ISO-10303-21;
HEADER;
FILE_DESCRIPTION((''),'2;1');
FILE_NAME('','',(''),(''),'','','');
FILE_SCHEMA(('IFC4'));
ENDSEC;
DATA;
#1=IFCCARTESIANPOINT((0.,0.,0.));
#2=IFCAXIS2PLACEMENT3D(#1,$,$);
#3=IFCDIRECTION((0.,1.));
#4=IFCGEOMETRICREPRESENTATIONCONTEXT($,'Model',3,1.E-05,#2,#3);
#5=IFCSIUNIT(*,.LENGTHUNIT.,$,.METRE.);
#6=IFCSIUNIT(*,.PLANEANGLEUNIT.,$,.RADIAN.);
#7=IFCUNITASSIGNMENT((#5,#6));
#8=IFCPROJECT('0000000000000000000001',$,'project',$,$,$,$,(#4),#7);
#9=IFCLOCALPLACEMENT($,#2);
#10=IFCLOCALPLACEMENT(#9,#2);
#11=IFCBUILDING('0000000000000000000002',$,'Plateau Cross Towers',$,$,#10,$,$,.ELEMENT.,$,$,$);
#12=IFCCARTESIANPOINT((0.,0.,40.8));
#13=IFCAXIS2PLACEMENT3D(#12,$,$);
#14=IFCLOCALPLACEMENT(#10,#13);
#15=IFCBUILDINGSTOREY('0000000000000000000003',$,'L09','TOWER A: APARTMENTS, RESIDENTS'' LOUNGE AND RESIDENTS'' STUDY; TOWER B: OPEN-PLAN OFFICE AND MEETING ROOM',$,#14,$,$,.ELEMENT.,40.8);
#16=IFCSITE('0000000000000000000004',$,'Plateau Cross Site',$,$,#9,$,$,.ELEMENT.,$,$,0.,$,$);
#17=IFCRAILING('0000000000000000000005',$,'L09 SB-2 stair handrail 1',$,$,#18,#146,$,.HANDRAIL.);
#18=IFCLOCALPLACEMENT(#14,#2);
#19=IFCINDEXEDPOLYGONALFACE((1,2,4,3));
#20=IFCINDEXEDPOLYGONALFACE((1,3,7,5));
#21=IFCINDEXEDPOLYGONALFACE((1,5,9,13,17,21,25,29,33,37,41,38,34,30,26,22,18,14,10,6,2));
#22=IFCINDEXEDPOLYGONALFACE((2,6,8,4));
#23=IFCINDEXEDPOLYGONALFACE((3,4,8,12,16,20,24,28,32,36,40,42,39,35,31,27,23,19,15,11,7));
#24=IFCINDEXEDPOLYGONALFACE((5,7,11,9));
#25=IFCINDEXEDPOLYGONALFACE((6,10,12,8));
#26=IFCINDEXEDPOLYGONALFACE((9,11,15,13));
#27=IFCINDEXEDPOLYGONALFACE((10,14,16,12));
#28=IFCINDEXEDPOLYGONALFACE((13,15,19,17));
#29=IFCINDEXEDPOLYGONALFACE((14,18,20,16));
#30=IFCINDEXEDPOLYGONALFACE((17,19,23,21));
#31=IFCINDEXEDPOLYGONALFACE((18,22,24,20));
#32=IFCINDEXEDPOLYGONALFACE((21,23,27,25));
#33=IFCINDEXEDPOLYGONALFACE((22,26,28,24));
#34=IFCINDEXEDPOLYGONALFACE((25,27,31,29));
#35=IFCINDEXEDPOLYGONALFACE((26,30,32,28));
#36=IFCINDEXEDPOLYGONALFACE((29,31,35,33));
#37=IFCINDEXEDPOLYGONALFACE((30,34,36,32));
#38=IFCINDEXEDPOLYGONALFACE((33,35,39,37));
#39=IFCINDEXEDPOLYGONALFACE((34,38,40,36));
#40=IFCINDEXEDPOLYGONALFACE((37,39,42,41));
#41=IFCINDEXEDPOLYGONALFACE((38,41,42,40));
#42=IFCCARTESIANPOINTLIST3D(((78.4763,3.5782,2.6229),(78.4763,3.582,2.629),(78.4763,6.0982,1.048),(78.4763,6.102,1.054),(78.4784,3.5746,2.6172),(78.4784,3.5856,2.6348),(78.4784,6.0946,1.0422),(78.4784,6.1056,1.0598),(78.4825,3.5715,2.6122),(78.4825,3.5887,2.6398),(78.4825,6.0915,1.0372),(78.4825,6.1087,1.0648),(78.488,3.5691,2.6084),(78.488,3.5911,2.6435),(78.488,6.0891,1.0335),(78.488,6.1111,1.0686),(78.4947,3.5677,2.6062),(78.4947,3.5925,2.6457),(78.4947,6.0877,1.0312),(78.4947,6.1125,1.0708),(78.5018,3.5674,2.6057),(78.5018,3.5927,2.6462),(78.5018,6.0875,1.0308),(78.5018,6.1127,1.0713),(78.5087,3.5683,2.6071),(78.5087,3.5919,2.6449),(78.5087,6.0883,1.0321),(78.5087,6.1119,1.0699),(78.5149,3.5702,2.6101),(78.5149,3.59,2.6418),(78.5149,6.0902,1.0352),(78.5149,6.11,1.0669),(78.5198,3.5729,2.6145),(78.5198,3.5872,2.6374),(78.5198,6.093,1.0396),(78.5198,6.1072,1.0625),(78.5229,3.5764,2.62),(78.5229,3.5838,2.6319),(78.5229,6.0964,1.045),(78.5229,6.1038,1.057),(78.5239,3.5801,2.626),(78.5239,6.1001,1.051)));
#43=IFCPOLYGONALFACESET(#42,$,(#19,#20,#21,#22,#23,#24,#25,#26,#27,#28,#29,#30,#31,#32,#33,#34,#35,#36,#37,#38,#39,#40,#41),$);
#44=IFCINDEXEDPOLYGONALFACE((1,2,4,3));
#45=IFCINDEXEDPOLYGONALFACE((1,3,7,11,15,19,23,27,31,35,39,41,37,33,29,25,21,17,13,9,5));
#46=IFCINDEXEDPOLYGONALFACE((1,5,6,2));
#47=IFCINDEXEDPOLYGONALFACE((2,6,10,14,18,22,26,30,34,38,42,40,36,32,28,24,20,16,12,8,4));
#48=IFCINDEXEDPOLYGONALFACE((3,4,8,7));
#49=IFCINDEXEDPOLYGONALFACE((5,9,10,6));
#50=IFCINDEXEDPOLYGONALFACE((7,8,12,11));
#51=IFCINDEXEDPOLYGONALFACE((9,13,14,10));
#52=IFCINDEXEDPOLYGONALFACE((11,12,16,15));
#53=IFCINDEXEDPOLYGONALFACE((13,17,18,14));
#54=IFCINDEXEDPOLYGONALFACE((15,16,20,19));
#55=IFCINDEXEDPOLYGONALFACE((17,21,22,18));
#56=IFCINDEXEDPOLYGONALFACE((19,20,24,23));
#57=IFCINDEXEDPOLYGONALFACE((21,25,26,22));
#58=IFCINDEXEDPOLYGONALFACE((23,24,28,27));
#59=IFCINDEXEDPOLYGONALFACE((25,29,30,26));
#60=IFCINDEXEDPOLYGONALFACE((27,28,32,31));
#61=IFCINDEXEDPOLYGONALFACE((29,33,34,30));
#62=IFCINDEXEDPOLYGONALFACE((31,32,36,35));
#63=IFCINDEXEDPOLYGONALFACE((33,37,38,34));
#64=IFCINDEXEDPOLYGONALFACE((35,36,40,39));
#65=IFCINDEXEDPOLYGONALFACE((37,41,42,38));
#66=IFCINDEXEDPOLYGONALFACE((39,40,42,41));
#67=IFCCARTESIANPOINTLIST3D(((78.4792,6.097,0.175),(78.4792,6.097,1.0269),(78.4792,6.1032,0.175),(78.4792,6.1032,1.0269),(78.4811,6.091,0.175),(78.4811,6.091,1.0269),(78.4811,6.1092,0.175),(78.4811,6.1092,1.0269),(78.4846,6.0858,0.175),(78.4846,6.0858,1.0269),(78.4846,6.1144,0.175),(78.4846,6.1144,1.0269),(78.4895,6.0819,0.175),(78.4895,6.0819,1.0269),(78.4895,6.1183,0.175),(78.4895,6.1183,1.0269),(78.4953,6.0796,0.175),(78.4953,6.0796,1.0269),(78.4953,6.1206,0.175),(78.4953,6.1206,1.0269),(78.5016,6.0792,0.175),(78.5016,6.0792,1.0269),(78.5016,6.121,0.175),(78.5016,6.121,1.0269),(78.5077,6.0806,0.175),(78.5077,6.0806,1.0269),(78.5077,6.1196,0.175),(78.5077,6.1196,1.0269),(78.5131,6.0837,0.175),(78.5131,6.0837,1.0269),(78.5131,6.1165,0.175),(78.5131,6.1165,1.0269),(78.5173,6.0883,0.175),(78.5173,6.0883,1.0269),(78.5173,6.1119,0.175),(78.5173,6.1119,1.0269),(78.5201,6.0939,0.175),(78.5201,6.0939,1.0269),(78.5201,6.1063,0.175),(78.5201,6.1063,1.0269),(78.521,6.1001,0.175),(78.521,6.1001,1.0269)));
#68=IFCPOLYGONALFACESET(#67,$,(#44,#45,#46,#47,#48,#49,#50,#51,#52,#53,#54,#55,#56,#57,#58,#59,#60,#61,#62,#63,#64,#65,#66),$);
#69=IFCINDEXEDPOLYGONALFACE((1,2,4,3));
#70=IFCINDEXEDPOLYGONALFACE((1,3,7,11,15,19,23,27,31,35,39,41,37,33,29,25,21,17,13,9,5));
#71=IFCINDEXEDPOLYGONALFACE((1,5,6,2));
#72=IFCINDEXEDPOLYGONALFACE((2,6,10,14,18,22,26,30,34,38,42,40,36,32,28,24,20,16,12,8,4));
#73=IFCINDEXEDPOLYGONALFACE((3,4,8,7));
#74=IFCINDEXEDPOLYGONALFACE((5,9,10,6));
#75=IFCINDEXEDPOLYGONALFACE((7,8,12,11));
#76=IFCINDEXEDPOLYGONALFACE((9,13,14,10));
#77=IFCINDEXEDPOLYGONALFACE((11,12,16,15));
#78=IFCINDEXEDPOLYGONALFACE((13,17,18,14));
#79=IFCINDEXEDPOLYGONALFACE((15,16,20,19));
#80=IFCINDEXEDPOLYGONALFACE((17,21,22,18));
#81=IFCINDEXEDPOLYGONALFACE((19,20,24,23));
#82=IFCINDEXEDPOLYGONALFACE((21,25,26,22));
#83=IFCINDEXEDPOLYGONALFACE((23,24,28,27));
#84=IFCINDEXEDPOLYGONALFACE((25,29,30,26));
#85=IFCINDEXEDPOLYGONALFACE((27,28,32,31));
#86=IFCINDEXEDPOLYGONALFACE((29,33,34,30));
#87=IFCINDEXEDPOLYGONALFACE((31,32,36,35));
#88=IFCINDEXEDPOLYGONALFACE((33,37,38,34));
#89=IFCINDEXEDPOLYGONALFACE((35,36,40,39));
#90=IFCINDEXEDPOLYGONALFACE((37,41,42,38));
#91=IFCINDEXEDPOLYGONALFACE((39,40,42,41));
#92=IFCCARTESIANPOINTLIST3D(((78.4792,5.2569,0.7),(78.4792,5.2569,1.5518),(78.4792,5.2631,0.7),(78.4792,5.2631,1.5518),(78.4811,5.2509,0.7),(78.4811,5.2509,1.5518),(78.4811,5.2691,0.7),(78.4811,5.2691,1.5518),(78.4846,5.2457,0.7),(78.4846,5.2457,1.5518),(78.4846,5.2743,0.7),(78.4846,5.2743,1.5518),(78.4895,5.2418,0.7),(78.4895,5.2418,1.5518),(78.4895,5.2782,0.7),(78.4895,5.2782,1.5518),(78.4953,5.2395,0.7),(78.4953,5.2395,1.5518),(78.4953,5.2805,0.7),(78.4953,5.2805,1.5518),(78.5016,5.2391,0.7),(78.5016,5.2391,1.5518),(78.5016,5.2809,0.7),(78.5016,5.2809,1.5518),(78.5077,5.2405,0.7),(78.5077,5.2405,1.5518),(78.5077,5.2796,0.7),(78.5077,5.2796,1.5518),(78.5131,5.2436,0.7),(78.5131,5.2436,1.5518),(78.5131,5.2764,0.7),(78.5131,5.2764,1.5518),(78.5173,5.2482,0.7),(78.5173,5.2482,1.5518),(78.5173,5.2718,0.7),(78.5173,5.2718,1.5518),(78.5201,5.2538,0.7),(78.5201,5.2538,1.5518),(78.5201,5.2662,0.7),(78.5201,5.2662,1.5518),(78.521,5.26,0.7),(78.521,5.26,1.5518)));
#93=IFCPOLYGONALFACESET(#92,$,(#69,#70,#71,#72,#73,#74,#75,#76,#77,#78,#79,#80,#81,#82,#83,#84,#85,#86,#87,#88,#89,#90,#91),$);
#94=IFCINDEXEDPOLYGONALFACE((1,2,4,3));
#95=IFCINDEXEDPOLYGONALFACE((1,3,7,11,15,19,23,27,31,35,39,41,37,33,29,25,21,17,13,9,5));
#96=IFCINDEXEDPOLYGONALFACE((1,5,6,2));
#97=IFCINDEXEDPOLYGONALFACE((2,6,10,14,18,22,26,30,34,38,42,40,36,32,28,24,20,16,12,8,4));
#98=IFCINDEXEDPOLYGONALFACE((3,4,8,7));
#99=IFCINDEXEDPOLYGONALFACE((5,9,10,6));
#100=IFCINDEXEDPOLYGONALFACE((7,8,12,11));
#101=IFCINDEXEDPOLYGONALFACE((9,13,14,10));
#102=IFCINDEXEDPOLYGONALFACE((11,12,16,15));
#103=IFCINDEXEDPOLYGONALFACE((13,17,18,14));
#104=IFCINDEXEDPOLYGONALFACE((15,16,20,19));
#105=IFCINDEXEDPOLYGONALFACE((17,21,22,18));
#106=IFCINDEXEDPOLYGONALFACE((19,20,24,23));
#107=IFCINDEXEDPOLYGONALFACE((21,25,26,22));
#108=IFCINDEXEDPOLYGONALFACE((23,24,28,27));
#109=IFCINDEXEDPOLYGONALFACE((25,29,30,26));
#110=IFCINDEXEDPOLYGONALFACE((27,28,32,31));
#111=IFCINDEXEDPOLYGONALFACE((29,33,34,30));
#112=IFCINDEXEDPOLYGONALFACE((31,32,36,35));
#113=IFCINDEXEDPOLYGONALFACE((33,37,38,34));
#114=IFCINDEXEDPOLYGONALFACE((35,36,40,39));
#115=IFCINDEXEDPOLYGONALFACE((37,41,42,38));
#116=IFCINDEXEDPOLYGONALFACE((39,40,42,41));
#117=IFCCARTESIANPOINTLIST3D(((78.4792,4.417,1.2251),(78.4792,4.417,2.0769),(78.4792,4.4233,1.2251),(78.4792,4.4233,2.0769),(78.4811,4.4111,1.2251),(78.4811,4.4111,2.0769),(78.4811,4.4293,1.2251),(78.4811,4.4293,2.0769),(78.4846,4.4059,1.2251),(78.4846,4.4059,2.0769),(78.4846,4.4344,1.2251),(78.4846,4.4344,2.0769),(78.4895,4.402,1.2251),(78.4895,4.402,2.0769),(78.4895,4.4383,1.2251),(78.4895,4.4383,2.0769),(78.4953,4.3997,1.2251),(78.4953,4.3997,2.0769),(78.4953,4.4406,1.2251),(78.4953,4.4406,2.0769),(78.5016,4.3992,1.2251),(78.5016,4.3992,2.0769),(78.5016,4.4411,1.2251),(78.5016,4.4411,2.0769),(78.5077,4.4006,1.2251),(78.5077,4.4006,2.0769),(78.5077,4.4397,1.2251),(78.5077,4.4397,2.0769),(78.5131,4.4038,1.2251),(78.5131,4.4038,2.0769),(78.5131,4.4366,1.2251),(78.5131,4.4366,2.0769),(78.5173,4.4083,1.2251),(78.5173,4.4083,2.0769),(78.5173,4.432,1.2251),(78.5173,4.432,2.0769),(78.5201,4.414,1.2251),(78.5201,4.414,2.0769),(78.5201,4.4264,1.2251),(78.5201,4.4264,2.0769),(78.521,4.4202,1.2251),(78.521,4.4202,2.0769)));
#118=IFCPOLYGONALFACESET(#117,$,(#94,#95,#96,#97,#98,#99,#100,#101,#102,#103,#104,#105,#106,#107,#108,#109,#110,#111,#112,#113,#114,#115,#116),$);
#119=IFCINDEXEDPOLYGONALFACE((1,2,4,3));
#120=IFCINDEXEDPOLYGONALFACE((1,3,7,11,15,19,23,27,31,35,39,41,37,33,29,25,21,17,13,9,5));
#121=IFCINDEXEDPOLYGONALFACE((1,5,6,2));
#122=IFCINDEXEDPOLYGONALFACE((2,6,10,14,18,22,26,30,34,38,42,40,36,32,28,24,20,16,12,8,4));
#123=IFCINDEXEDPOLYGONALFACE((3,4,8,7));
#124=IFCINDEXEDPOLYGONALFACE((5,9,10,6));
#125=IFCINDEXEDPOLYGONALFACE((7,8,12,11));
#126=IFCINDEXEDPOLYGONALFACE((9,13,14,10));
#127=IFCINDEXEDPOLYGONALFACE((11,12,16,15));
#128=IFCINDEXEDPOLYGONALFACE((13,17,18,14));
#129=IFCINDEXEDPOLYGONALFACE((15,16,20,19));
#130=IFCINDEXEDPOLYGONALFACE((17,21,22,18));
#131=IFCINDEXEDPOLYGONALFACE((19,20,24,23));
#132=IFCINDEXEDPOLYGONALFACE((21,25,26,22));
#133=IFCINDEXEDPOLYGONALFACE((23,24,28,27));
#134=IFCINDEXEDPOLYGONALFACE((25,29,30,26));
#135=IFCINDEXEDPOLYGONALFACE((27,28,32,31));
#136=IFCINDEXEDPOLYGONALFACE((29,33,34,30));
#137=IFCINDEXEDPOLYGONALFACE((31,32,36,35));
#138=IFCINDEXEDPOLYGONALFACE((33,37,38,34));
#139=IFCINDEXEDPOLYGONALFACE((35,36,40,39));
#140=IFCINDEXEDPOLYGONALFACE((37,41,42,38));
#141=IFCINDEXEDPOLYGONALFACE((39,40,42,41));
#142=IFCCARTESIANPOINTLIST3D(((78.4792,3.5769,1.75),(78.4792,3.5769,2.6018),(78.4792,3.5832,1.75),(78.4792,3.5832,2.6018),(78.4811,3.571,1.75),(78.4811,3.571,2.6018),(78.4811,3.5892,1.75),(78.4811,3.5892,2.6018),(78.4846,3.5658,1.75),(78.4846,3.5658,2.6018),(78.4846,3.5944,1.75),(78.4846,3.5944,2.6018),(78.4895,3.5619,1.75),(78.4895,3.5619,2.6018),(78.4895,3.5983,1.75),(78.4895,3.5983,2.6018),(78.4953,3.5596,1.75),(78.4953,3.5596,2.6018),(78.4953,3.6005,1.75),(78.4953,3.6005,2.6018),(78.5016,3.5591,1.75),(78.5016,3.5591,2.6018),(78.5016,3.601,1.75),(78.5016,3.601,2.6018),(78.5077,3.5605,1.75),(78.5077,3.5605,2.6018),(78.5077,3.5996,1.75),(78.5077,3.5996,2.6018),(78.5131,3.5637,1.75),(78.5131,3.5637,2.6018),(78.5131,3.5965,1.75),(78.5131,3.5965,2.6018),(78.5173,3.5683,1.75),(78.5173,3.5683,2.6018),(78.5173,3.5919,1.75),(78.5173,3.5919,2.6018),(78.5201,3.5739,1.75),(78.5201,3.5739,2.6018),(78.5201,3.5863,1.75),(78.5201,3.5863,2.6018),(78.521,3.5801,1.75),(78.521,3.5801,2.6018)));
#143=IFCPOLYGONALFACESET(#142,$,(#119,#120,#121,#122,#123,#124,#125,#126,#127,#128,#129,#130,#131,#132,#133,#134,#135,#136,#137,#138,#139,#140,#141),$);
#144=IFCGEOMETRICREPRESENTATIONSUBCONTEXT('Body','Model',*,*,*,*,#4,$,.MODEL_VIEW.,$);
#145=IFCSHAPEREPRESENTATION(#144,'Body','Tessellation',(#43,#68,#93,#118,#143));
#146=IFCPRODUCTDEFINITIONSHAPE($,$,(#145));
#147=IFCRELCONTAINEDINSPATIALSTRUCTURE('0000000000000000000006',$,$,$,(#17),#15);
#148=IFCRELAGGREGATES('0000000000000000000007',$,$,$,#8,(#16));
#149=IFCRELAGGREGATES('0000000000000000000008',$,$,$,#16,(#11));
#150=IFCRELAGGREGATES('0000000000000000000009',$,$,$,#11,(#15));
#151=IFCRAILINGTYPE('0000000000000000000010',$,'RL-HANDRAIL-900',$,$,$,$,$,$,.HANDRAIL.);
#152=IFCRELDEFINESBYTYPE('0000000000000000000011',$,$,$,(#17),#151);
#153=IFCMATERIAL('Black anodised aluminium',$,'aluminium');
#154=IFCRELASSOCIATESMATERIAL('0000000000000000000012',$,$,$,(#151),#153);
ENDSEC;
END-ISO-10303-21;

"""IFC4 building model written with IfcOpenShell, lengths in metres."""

from ifc_helpers import new_model, si_unit, direction, frame, origin, origin_2d, place, context, subcontext, project, spatial, circle, extrude, material, type_object, element, save


model = new_model("IFC4")

# Units and contexts
model_context = context("Model", 3, precision=1e-05, world=origin(), true_north=direction((0.0, 1.0)))
body_context = subcontext(model_context, "Body", "Model", "MODEL_VIEW")
ifc_project = project(units=[si_unit("LENGTHUNIT", "METRE"), si_unit("PLANEANGLEUNIT", "RADIAN")], contexts=[model_context])

# Site, building, storey
site_placement = place(None, origin())
site = spatial("IfcSite", under=ifc_project, at=site_placement, Name="Plateau Cross Site", CompositionType="ELEMENT", RefElevation=0.0)
building_placement = place(site_placement, origin())
building = spatial("IfcBuilding", under=site, at=building_placement, Name="Plateau Cross Towers", CompositionType="ELEMENT")
storey_placement = place(building_placement, frame((0.0, 0.0, 40.8)))
storey = spatial("IfcBuildingStorey", under=building, at=storey_placement, Name="L09", Description="TOWER A: APARTMENTS, RESIDENTS' LOUNGE AND RESIDENTS' STUDY; TOWER B: OPEN-PLAN OFFICE AND MEETING ROOM", CompositionType="ELEMENT", Elevation=40.8)

# Shared definitions
ifc_material_1 = material(Name="Black anodised aluminium", Category="aluminium")

# Railing
railing_type_1 = type_object("IfcRailingType", Name="RL-HANDRAIL-900", PredefinedType="HANDRAIL", material=ifc_material_1)
railing_1_placement = place(storey_placement, frame((78.5, 6.1001, 0.175)))
element("IfcRailing", 1, at=railing_1_placement, inside=storey, type_object=railing_type_1, Name="L09 SB-2 stair handrail 1", PredefinedType="HANDRAIL", context=body_context, shape_type="SweptSolid", body=[
    extrude(circle(Radius=0.0239, at=origin_2d()), frame((0.0, 0.0, 0.876), z_axis=(0.0, -0.848008, 0.529984), x_axis=(1.0, 0.0, 0.0)), (0.0, 0.0, 1.0), 2.9717),
    extrude(circle(Radius=0.021, at=origin_2d()), origin(), (0.0, 0.0, 1.0), 0.8518),
    extrude(circle(Radius=0.021, at=origin_2d()), frame((0.0, -0.8401, 0.5249)), (0.0, 0.0, 1.0), 0.8518),
    extrude(circle(Radius=0.021, at=origin_2d()), frame((0.0, -1.6799, 1.05)), (0.0, 0.0, 1.0), 0.8518),
    extrude(circle(Radius=0.021, at=origin_2d()), frame((0.0, -2.52, 1.575)), (0.0, 0.0, 1.0), 0.8518),
])

save(model, "model.ifc")
